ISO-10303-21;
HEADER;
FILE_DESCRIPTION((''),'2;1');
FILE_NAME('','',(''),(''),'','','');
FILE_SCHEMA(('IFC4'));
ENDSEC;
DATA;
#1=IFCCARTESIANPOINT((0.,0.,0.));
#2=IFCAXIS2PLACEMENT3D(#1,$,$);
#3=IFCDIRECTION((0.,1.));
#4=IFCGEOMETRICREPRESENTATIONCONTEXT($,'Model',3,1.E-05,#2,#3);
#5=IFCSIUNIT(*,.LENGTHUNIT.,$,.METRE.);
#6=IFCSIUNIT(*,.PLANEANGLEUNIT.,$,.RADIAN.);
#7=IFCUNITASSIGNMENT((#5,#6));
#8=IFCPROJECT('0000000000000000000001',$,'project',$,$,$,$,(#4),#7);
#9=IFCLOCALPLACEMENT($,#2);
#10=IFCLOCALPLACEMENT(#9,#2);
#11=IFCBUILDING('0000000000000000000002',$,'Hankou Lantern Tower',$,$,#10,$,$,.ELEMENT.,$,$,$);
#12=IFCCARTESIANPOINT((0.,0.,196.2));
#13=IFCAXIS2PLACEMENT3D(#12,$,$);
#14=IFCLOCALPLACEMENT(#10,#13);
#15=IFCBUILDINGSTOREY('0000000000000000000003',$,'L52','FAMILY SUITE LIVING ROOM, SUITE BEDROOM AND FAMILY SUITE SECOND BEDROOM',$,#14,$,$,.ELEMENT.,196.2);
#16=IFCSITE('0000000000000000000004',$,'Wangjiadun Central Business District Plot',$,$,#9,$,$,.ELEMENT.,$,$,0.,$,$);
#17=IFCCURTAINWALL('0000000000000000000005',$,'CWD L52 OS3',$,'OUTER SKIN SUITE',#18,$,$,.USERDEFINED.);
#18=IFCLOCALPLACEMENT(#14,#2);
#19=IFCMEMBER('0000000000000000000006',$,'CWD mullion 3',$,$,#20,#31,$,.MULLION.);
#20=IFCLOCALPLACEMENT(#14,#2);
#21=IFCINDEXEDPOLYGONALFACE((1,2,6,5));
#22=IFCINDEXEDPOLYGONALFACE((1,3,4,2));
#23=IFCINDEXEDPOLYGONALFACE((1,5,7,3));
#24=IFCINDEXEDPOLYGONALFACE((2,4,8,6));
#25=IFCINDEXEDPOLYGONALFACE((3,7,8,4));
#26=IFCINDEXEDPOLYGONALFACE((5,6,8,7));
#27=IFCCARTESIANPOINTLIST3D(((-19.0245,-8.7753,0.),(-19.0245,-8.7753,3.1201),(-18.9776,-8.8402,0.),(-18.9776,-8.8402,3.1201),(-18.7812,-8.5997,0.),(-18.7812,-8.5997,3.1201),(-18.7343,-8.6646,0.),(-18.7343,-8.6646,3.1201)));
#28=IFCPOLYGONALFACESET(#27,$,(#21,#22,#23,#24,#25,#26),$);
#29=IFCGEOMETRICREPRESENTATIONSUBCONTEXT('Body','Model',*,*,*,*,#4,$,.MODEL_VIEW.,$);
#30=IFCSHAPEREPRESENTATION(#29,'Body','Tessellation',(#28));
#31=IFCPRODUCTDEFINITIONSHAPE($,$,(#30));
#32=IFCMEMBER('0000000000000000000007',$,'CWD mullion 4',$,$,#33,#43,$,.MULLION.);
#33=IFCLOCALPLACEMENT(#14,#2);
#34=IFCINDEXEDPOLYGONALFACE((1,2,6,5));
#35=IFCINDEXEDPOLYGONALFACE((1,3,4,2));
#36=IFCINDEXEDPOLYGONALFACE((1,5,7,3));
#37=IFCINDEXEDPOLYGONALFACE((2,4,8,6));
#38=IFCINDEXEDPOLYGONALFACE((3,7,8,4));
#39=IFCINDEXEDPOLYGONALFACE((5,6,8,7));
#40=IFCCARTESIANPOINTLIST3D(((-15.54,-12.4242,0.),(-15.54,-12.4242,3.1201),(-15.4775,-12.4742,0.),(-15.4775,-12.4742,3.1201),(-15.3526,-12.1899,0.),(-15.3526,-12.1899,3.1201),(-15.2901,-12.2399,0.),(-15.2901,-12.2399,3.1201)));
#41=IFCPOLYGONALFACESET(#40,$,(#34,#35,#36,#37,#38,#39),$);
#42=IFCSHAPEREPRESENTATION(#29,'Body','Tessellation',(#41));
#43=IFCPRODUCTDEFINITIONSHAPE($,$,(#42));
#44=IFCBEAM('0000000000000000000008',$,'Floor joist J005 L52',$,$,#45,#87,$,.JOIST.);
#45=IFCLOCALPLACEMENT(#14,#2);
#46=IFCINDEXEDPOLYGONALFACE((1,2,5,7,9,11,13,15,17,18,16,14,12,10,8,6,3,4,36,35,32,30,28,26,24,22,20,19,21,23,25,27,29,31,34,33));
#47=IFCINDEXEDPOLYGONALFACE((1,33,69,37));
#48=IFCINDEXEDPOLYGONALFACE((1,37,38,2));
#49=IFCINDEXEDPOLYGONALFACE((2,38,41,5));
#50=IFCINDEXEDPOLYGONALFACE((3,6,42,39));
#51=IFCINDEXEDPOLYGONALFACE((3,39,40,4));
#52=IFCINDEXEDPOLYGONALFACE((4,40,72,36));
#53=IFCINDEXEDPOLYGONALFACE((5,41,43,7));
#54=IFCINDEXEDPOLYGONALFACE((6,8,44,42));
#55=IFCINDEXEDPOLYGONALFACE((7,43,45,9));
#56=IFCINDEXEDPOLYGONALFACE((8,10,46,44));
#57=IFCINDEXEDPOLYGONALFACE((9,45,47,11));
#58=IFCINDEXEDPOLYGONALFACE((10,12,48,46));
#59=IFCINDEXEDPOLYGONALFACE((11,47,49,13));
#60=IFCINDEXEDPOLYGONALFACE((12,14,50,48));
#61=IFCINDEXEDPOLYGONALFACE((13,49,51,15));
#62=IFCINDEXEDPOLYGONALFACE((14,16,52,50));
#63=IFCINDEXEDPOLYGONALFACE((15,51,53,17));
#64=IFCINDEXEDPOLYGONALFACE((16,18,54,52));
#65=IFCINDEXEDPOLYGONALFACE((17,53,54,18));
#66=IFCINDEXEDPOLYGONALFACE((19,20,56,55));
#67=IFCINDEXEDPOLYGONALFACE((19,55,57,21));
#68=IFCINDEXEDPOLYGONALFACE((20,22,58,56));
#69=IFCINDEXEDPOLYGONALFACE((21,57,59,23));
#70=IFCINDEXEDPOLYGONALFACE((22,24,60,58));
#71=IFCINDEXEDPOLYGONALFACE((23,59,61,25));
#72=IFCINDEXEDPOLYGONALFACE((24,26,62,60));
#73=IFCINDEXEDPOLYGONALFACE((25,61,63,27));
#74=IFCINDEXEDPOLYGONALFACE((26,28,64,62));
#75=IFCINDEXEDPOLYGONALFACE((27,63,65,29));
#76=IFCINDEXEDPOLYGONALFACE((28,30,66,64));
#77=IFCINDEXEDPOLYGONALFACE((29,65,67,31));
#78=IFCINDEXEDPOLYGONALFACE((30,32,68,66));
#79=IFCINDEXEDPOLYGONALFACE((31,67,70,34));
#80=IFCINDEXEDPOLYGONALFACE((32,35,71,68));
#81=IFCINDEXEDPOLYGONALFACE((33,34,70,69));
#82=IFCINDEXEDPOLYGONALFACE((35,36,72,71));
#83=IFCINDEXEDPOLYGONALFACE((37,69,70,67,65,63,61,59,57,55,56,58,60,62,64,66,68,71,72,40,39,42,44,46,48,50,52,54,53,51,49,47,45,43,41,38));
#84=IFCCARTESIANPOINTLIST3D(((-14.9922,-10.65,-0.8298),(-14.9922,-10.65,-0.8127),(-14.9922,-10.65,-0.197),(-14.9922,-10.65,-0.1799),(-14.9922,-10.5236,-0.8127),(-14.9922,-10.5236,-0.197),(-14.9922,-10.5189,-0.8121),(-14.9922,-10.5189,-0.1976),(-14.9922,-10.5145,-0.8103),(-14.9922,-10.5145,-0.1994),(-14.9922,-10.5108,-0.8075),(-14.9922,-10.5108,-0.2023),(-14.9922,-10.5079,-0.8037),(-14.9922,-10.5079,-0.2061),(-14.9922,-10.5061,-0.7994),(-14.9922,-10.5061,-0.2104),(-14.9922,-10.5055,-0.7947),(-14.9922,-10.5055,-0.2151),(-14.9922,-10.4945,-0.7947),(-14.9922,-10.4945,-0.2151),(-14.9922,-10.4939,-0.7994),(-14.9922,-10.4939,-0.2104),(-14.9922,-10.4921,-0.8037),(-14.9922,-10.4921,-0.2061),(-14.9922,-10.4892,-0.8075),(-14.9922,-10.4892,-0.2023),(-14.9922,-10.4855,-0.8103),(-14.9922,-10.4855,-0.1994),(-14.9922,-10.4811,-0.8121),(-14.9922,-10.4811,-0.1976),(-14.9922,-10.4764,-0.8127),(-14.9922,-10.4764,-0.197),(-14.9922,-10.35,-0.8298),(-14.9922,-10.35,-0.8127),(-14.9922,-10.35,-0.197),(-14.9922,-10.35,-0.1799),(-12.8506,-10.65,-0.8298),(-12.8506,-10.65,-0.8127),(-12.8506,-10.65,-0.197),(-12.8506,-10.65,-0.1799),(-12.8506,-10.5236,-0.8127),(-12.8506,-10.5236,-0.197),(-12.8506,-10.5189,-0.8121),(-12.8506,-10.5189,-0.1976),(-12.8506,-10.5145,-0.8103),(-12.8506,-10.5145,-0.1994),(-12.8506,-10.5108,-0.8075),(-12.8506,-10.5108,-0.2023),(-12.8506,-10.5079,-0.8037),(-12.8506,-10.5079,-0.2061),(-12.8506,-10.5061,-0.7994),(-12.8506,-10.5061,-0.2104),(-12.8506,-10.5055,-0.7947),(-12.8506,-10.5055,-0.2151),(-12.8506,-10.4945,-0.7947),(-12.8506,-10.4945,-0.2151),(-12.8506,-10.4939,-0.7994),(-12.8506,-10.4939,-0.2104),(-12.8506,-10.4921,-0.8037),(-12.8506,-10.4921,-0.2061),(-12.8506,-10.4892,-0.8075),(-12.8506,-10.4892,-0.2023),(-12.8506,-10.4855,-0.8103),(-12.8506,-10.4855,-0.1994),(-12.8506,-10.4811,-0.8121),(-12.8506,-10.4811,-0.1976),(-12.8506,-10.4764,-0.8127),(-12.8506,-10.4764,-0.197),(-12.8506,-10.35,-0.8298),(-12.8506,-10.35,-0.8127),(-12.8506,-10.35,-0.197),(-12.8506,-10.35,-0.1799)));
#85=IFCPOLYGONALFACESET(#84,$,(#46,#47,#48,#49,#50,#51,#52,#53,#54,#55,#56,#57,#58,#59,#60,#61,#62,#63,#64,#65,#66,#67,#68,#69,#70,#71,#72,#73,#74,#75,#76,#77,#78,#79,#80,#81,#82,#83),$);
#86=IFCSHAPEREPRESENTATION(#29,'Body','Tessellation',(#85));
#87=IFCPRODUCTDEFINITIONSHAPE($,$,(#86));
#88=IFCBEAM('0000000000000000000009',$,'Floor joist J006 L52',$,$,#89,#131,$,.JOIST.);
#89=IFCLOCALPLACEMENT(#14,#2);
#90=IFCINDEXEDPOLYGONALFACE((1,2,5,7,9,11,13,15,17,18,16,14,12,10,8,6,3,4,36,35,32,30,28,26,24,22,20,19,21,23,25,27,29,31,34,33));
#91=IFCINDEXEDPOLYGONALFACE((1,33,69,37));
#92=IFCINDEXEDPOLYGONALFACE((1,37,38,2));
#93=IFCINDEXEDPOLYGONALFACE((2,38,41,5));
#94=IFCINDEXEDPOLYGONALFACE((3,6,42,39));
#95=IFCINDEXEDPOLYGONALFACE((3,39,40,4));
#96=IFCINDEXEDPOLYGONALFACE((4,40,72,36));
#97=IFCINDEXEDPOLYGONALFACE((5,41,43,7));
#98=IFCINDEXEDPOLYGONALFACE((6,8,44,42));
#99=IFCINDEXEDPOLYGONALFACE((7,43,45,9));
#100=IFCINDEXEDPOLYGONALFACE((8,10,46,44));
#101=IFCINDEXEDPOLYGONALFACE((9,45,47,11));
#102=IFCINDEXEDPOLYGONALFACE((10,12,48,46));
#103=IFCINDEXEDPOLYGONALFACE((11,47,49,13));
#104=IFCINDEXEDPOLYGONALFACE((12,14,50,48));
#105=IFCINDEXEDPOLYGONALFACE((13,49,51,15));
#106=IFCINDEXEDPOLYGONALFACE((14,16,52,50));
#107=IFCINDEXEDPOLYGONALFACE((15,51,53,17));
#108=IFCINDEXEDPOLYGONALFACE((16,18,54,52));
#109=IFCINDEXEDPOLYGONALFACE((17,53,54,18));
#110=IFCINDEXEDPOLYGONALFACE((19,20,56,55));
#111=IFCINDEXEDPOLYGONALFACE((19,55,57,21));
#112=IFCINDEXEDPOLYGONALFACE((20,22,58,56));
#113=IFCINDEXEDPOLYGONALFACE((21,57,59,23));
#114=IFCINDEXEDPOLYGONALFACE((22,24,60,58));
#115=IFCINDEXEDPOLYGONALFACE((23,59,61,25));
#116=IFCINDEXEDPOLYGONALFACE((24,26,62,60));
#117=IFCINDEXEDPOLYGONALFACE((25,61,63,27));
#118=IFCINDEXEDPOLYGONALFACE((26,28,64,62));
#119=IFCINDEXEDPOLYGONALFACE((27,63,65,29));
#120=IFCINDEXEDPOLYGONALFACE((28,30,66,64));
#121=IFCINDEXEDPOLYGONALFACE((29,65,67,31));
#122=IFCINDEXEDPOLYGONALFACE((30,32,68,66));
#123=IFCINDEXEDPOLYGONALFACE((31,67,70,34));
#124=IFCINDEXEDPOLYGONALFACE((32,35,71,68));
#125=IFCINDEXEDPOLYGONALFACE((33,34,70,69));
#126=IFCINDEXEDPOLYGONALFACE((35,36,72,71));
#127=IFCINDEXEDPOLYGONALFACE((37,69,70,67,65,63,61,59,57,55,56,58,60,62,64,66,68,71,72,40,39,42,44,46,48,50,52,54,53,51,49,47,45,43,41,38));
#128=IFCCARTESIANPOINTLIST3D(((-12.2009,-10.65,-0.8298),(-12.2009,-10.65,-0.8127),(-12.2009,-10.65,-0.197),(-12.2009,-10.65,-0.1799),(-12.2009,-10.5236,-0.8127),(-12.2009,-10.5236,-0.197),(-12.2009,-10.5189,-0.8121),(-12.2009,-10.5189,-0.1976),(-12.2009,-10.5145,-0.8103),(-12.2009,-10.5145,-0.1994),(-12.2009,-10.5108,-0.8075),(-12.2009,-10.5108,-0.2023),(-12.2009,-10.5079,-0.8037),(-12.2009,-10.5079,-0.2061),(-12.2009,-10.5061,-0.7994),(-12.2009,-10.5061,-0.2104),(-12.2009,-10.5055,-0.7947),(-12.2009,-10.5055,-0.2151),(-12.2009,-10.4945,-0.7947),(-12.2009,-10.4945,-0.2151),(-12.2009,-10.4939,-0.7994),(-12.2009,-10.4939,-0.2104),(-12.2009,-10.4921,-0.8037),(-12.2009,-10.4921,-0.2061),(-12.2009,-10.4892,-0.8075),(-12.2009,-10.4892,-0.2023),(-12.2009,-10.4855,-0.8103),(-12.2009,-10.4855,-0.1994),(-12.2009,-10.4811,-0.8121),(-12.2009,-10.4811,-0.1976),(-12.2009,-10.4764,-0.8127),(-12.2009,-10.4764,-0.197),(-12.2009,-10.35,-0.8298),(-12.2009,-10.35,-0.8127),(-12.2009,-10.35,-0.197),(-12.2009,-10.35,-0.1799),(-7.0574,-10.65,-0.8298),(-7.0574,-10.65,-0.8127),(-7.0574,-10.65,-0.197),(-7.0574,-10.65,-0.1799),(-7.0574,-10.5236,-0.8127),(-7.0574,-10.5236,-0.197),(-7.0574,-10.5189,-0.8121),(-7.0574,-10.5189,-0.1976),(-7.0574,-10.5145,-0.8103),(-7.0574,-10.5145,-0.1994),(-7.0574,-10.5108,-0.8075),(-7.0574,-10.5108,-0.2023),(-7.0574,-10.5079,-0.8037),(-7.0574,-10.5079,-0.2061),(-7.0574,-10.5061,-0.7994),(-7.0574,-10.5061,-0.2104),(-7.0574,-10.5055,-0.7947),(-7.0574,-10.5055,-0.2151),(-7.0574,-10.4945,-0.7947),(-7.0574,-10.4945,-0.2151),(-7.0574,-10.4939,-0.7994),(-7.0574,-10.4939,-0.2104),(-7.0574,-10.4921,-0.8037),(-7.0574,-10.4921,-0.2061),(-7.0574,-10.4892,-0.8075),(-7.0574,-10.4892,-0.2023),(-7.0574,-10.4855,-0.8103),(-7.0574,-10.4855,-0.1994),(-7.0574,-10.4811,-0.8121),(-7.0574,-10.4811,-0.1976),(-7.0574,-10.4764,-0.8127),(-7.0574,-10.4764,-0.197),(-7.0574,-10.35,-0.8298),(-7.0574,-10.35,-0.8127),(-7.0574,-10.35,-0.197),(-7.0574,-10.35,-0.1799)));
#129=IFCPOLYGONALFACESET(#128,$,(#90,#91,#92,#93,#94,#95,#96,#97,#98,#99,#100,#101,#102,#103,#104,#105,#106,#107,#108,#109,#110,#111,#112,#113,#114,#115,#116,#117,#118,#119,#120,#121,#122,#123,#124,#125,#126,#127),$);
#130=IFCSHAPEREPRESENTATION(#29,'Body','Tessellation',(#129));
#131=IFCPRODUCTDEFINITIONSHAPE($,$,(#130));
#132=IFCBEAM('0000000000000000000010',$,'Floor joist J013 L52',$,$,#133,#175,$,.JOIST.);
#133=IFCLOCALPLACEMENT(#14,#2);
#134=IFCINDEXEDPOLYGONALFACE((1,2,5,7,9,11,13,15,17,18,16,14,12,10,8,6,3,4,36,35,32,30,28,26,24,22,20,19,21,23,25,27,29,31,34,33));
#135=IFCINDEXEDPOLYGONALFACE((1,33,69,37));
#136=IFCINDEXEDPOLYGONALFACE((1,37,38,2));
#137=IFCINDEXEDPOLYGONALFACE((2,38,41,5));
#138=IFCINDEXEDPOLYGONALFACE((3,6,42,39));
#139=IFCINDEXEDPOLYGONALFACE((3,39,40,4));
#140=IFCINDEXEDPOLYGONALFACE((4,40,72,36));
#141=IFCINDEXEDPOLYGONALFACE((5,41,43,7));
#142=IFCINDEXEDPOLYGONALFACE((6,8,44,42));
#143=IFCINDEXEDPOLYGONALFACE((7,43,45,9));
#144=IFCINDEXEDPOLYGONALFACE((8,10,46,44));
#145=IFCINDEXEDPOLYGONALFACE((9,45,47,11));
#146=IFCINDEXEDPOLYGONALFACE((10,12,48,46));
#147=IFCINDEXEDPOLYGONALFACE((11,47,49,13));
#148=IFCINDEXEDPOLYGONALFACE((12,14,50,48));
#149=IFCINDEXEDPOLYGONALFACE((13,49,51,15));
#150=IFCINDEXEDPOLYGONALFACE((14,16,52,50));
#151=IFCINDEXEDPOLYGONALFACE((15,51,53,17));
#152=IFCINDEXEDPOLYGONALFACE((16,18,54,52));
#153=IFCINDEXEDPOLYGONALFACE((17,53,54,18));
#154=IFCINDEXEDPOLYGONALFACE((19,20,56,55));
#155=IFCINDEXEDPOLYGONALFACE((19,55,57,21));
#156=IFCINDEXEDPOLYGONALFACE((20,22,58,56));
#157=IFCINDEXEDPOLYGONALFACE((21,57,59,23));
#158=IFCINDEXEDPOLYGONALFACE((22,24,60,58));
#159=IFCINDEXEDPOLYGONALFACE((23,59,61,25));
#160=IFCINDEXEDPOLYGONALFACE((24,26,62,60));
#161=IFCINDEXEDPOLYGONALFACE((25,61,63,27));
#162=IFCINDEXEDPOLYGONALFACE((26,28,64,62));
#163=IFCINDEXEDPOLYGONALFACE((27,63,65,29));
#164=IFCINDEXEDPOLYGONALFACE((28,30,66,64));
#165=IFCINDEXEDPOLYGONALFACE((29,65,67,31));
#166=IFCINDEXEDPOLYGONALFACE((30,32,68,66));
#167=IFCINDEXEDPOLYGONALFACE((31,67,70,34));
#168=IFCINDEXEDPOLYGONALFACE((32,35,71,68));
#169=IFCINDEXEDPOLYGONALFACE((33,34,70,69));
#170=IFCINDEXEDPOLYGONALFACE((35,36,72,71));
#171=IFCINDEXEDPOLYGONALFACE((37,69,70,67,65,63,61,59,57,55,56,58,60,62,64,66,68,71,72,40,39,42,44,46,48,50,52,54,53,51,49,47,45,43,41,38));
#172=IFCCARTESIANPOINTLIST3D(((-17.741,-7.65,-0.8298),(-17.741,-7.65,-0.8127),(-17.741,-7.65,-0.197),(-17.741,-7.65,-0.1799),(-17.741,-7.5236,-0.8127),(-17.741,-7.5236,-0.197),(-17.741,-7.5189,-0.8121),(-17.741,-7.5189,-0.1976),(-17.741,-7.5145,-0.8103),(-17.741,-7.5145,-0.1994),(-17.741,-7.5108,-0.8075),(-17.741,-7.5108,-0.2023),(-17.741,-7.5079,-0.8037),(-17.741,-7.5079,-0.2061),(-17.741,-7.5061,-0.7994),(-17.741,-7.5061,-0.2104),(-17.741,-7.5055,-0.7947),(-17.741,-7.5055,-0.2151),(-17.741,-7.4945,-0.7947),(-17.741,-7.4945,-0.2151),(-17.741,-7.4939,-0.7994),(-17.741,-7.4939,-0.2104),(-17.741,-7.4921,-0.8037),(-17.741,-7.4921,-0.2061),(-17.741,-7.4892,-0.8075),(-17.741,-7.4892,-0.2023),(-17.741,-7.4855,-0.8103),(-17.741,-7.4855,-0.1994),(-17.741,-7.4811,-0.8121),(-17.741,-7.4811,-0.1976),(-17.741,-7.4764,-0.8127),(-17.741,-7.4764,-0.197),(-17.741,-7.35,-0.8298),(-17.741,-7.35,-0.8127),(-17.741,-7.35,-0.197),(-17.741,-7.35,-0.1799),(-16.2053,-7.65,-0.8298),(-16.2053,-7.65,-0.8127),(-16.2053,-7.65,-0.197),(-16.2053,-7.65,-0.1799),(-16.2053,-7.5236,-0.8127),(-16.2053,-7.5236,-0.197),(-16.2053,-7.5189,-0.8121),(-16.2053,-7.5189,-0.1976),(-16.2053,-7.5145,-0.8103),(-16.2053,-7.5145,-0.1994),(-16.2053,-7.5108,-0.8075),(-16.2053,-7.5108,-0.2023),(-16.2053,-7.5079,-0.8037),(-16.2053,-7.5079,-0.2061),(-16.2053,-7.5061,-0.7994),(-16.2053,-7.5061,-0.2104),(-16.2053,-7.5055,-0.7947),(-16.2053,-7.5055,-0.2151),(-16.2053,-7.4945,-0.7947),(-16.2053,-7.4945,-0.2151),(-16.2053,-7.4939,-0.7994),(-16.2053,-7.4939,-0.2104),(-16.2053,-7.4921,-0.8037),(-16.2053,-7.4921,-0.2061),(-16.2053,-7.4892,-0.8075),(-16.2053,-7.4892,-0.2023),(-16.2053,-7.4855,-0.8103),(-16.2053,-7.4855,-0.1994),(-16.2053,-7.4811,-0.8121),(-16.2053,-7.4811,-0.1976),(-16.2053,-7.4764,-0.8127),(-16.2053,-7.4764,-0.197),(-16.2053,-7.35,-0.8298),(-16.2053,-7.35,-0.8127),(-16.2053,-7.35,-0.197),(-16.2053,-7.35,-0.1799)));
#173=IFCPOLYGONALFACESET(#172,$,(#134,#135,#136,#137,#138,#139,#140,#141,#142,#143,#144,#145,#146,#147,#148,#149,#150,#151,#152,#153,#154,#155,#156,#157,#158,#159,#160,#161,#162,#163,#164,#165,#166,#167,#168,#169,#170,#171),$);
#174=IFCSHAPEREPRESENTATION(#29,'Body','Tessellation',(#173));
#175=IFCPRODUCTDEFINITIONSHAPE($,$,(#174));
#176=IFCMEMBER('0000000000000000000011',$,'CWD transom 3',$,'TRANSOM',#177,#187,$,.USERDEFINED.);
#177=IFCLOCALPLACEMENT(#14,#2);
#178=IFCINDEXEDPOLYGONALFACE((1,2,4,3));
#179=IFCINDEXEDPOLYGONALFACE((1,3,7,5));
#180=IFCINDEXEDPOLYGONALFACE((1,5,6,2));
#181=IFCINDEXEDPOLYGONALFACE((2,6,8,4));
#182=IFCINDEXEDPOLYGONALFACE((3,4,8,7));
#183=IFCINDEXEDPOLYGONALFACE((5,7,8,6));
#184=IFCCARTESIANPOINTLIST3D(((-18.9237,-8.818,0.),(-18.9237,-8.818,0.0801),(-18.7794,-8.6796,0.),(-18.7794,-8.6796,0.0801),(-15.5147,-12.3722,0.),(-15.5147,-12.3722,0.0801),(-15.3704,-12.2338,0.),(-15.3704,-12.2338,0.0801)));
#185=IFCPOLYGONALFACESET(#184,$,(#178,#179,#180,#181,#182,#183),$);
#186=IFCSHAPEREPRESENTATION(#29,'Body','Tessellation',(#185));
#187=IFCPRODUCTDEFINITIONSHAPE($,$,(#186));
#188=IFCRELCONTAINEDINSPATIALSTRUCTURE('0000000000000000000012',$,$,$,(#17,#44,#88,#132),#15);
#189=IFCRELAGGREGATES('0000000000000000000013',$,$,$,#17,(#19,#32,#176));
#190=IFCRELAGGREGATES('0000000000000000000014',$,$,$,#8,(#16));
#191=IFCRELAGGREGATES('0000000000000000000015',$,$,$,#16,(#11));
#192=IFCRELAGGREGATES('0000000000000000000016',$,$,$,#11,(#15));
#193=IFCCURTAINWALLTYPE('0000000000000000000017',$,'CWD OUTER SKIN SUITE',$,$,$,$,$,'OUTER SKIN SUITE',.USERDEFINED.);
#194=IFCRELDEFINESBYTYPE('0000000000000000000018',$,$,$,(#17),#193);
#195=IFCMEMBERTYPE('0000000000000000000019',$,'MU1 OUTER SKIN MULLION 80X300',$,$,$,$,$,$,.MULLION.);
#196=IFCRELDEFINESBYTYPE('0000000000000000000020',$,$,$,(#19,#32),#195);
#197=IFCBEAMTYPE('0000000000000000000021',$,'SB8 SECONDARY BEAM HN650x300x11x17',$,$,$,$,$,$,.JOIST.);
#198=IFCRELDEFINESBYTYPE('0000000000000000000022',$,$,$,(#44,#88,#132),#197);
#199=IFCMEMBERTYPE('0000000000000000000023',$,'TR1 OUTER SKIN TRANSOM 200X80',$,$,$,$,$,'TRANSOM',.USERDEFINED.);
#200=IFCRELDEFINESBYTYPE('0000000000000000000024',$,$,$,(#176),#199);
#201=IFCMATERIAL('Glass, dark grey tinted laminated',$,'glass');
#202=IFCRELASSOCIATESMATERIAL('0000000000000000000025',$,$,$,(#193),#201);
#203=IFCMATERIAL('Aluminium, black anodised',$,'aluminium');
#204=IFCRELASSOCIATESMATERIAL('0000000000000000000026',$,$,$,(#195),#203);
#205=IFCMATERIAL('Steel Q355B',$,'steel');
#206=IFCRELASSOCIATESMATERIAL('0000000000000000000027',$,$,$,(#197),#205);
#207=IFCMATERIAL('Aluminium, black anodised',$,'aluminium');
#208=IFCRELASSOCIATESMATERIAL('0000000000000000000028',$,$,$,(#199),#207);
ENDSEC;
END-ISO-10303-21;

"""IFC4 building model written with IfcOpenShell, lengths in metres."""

from ifc_helpers import new_model, si_unit, direction, frame, origin, origin_2d, place, context, subcontext, project, spatial, rectangle, i_section, extrude, material, material_profile, profile_set, type_object, element, aggregate, save


model = new_model("IFC4")

# Units and contexts
model_context = context("Model", 3, precision=1e-05, world=origin(), true_north=direction((0.0, 1.0)))
body_context = subcontext(model_context, "Body", "Model", "MODEL_VIEW")
ifc_project = project(units=[si_unit("LENGTHUNIT", "METRE"), si_unit("PLANEANGLEUNIT", "RADIAN")], contexts=[model_context])

# Site, building, storey
site_placement = place(None, origin())
site = spatial("IfcSite", under=ifc_project, at=site_placement, Name="Wangjiadun Central Business District Plot", CompositionType="ELEMENT", RefElevation=0.0)
building_placement = place(site_placement, origin())
building = spatial("IfcBuilding", under=site, at=building_placement, Name="Hankou Lantern Tower", CompositionType="ELEMENT")
storey_placement = place(building_placement, frame((0.0, 0.0, 196.2)))
storey = spatial("IfcBuildingStorey", under=building, at=storey_placement, Name="L52", Description="FAMILY SUITE LIVING ROOM, SUITE BEDROOM AND FAMILY SUITE SECOND BEDROOM", CompositionType="ELEMENT", Elevation=196.2)

# Curtain wall, members
ifc_material_1 = material(Name="Glass, dark grey tinted laminated", Category="glass")
curtain_wall_type = type_object("IfcCurtainWallType", Name="CWD OUTER SKIN SUITE", ElementType="OUTER SKIN SUITE", PredefinedType="USERDEFINED", material=ifc_material_1)
curtain_wall_placement = place(storey_placement, origin())
curtain_wall = element("IfcCurtainWall", 1, at=curtain_wall_placement, inside=storey, type_object=curtain_wall_type, Name="CWD L52 OS3", ObjectType="OUTER SKIN SUITE", PredefinedType="USERDEFINED")
ifc_material_2 = material(Name="Aluminium, black anodised", Category="aluminium")
ifc_material_profile_1 = material_profile(ifc_material_2, rectangle(XDim=0.0801, YDim=0.3, at=origin_2d()), Name="MU1 80X300")
ifc_profile_set_1 = profile_set([ifc_material_profile_1], Name="Aluminium, black anodised")
member_type_1 = type_object("IfcMemberType", Name="MU1 OUTER SKIN MULLION 80X300", PredefinedType="MULLION", material=ifc_profile_set_1)
member_1_placement = place(storey_placement, frame((-18.8794, -8.72, 0.0), z_axis=(0.0, 0.0, 1.0), x_axis=(0.585206, -0.810885, 0.0)))
member_1 = element("IfcMember", 2, at=member_1_placement, type_object=member_type_1, Name="CWD mullion 3", PredefinedType="MULLION", context=body_context, shape_type="SweptSolid", body=[
    extrude(rectangle(XDim=0.0801, YDim=0.3, at=origin_2d()), origin(), (0.0, 0.0, 1.0), 3.1201),
])
member_2_placement = place(storey_placement, frame((-15.415, -12.332, 0.0), z_axis=(0.0, 0.0, 1.0), x_axis=(0.780869, -0.624695, 0.0)))
member_2 = element("IfcMember", 3, at=member_2_placement, type_object=member_type_1, Name="CWD mullion 4", PredefinedType="MULLION", context=body_context, shape_type="SweptSolid", body=[
    extrude(rectangle(XDim=0.0801, YDim=0.3, at=origin_2d()), origin(), (0.0, 0.0, 1.0), 3.1201),
])

# Beams
ifc_material_3 = material(Name="Steel Q355B", Category="steel")
ifc_material_profile_2 = material_profile(ifc_material_3, i_section(OverallWidth=0.3, OverallDepth=0.6499, WebThickness=0.011, FlangeThickness=0.0171, FilletRadius=0.0181, at=origin_2d()), Name="HN650x300x11x17")
ifc_profile_set_2 = profile_set([ifc_material_profile_2], Name="Steel Q355B")
beam_type_1 = type_object("IfcBeamType", Name="SB8 SECONDARY BEAM HN650x300x11x17", PredefinedType="JOIST", material=ifc_profile_set_2)
beam_1_placement = place(storey_placement, frame((-14.9922, -10.5, -0.5049), z_axis=(1.0, 0.0, 0.0), x_axis=(0.0, 1.0, 0.0)))
element("IfcBeam", 4, at=beam_1_placement, inside=storey, type_object=beam_type_1, Name="Floor joist J005 L52", PredefinedType="JOIST", context=body_context, shape_type="SweptSolid", body=[
    extrude(i_section(OverallWidth=0.3, OverallDepth=0.6499, WebThickness=0.011, FlangeThickness=0.0171, FilletRadius=0.0181, at=origin_2d()), origin(), (0.0, 0.0, 1.0), 2.1416),
])
beam_2_placement = place(storey_placement, frame((-12.2009, -10.5, -0.5049), z_axis=(1.0, 0.0, 0.0), x_axis=(0.0, 1.0, 0.0)))
element("IfcBeam", 5, at=beam_2_placement, inside=storey, type_object=beam_type_1, Name="Floor joist J006 L52", PredefinedType="JOIST", context=body_context, shape_type="SweptSolid", body=[
    extrude(i_section(OverallWidth=0.3, OverallDepth=0.6499, WebThickness=0.011, FlangeThickness=0.0171, FilletRadius=0.0181, at=origin_2d()), origin(), (0.0, 0.0, 1.0), 5.1436),
])
beam_3_placement = place(storey_placement, frame((-17.741, -7.5, -0.5049), z_axis=(1.0, 0.0, 0.0), x_axis=(0.0, 1.0, 0.0)))
element("IfcBeam", 6, at=beam_3_placement, inside=storey, type_object=beam_type_1, Name="Floor joist J013 L52", PredefinedType="JOIST", context=body_context, shape_type="SweptSolid", body=[
    extrude(i_section(OverallWidth=0.3, OverallDepth=0.6499, WebThickness=0.011, FlangeThickness=0.0171, FilletRadius=0.0181, at=origin_2d()), origin(), (0.0, 0.0, 1.0), 1.5356),
])

# Member
ifc_material_4 = material(Name="Aluminium, black anodised", Category="aluminium")
ifc_material_profile_3 = material_profile(ifc_material_4, rectangle(XDim=0.2, YDim=0.0801, at=origin_2d()), Name="TR1 200X80")
ifc_profile_set_3 = profile_set([ifc_material_profile_3], Name="Aluminium, black anodised")
member_type_2 = type_object("IfcMemberType", Name="TR1 OUTER SKIN TRANSOM 200X80", ElementType="TRANSOM", PredefinedType="USERDEFINED", material=ifc_profile_set_3)
member_3_placement = place(storey_placement, frame((-18.8516, -8.7488, 0.04), z_axis=(0.692205, -0.721701, 0.0), x_axis=(0.721701, 0.692205, 0.0)))
member_3 = element("IfcMember", 7, at=member_3_placement, type_object=member_type_2, Name="CWD transom 3", ObjectType="TRANSOM", PredefinedType="USERDEFINED", context=body_context, shape_type="SweptSolid", body=[
    extrude(rectangle(XDim=0.2, YDim=0.0801, at=origin_2d()), origin(), (0.0, 0.0, 1.0), 4.9248),
])

aggregate(curtain_wall, [member_1, member_2, member_3])

save(model, "model.ifc")
